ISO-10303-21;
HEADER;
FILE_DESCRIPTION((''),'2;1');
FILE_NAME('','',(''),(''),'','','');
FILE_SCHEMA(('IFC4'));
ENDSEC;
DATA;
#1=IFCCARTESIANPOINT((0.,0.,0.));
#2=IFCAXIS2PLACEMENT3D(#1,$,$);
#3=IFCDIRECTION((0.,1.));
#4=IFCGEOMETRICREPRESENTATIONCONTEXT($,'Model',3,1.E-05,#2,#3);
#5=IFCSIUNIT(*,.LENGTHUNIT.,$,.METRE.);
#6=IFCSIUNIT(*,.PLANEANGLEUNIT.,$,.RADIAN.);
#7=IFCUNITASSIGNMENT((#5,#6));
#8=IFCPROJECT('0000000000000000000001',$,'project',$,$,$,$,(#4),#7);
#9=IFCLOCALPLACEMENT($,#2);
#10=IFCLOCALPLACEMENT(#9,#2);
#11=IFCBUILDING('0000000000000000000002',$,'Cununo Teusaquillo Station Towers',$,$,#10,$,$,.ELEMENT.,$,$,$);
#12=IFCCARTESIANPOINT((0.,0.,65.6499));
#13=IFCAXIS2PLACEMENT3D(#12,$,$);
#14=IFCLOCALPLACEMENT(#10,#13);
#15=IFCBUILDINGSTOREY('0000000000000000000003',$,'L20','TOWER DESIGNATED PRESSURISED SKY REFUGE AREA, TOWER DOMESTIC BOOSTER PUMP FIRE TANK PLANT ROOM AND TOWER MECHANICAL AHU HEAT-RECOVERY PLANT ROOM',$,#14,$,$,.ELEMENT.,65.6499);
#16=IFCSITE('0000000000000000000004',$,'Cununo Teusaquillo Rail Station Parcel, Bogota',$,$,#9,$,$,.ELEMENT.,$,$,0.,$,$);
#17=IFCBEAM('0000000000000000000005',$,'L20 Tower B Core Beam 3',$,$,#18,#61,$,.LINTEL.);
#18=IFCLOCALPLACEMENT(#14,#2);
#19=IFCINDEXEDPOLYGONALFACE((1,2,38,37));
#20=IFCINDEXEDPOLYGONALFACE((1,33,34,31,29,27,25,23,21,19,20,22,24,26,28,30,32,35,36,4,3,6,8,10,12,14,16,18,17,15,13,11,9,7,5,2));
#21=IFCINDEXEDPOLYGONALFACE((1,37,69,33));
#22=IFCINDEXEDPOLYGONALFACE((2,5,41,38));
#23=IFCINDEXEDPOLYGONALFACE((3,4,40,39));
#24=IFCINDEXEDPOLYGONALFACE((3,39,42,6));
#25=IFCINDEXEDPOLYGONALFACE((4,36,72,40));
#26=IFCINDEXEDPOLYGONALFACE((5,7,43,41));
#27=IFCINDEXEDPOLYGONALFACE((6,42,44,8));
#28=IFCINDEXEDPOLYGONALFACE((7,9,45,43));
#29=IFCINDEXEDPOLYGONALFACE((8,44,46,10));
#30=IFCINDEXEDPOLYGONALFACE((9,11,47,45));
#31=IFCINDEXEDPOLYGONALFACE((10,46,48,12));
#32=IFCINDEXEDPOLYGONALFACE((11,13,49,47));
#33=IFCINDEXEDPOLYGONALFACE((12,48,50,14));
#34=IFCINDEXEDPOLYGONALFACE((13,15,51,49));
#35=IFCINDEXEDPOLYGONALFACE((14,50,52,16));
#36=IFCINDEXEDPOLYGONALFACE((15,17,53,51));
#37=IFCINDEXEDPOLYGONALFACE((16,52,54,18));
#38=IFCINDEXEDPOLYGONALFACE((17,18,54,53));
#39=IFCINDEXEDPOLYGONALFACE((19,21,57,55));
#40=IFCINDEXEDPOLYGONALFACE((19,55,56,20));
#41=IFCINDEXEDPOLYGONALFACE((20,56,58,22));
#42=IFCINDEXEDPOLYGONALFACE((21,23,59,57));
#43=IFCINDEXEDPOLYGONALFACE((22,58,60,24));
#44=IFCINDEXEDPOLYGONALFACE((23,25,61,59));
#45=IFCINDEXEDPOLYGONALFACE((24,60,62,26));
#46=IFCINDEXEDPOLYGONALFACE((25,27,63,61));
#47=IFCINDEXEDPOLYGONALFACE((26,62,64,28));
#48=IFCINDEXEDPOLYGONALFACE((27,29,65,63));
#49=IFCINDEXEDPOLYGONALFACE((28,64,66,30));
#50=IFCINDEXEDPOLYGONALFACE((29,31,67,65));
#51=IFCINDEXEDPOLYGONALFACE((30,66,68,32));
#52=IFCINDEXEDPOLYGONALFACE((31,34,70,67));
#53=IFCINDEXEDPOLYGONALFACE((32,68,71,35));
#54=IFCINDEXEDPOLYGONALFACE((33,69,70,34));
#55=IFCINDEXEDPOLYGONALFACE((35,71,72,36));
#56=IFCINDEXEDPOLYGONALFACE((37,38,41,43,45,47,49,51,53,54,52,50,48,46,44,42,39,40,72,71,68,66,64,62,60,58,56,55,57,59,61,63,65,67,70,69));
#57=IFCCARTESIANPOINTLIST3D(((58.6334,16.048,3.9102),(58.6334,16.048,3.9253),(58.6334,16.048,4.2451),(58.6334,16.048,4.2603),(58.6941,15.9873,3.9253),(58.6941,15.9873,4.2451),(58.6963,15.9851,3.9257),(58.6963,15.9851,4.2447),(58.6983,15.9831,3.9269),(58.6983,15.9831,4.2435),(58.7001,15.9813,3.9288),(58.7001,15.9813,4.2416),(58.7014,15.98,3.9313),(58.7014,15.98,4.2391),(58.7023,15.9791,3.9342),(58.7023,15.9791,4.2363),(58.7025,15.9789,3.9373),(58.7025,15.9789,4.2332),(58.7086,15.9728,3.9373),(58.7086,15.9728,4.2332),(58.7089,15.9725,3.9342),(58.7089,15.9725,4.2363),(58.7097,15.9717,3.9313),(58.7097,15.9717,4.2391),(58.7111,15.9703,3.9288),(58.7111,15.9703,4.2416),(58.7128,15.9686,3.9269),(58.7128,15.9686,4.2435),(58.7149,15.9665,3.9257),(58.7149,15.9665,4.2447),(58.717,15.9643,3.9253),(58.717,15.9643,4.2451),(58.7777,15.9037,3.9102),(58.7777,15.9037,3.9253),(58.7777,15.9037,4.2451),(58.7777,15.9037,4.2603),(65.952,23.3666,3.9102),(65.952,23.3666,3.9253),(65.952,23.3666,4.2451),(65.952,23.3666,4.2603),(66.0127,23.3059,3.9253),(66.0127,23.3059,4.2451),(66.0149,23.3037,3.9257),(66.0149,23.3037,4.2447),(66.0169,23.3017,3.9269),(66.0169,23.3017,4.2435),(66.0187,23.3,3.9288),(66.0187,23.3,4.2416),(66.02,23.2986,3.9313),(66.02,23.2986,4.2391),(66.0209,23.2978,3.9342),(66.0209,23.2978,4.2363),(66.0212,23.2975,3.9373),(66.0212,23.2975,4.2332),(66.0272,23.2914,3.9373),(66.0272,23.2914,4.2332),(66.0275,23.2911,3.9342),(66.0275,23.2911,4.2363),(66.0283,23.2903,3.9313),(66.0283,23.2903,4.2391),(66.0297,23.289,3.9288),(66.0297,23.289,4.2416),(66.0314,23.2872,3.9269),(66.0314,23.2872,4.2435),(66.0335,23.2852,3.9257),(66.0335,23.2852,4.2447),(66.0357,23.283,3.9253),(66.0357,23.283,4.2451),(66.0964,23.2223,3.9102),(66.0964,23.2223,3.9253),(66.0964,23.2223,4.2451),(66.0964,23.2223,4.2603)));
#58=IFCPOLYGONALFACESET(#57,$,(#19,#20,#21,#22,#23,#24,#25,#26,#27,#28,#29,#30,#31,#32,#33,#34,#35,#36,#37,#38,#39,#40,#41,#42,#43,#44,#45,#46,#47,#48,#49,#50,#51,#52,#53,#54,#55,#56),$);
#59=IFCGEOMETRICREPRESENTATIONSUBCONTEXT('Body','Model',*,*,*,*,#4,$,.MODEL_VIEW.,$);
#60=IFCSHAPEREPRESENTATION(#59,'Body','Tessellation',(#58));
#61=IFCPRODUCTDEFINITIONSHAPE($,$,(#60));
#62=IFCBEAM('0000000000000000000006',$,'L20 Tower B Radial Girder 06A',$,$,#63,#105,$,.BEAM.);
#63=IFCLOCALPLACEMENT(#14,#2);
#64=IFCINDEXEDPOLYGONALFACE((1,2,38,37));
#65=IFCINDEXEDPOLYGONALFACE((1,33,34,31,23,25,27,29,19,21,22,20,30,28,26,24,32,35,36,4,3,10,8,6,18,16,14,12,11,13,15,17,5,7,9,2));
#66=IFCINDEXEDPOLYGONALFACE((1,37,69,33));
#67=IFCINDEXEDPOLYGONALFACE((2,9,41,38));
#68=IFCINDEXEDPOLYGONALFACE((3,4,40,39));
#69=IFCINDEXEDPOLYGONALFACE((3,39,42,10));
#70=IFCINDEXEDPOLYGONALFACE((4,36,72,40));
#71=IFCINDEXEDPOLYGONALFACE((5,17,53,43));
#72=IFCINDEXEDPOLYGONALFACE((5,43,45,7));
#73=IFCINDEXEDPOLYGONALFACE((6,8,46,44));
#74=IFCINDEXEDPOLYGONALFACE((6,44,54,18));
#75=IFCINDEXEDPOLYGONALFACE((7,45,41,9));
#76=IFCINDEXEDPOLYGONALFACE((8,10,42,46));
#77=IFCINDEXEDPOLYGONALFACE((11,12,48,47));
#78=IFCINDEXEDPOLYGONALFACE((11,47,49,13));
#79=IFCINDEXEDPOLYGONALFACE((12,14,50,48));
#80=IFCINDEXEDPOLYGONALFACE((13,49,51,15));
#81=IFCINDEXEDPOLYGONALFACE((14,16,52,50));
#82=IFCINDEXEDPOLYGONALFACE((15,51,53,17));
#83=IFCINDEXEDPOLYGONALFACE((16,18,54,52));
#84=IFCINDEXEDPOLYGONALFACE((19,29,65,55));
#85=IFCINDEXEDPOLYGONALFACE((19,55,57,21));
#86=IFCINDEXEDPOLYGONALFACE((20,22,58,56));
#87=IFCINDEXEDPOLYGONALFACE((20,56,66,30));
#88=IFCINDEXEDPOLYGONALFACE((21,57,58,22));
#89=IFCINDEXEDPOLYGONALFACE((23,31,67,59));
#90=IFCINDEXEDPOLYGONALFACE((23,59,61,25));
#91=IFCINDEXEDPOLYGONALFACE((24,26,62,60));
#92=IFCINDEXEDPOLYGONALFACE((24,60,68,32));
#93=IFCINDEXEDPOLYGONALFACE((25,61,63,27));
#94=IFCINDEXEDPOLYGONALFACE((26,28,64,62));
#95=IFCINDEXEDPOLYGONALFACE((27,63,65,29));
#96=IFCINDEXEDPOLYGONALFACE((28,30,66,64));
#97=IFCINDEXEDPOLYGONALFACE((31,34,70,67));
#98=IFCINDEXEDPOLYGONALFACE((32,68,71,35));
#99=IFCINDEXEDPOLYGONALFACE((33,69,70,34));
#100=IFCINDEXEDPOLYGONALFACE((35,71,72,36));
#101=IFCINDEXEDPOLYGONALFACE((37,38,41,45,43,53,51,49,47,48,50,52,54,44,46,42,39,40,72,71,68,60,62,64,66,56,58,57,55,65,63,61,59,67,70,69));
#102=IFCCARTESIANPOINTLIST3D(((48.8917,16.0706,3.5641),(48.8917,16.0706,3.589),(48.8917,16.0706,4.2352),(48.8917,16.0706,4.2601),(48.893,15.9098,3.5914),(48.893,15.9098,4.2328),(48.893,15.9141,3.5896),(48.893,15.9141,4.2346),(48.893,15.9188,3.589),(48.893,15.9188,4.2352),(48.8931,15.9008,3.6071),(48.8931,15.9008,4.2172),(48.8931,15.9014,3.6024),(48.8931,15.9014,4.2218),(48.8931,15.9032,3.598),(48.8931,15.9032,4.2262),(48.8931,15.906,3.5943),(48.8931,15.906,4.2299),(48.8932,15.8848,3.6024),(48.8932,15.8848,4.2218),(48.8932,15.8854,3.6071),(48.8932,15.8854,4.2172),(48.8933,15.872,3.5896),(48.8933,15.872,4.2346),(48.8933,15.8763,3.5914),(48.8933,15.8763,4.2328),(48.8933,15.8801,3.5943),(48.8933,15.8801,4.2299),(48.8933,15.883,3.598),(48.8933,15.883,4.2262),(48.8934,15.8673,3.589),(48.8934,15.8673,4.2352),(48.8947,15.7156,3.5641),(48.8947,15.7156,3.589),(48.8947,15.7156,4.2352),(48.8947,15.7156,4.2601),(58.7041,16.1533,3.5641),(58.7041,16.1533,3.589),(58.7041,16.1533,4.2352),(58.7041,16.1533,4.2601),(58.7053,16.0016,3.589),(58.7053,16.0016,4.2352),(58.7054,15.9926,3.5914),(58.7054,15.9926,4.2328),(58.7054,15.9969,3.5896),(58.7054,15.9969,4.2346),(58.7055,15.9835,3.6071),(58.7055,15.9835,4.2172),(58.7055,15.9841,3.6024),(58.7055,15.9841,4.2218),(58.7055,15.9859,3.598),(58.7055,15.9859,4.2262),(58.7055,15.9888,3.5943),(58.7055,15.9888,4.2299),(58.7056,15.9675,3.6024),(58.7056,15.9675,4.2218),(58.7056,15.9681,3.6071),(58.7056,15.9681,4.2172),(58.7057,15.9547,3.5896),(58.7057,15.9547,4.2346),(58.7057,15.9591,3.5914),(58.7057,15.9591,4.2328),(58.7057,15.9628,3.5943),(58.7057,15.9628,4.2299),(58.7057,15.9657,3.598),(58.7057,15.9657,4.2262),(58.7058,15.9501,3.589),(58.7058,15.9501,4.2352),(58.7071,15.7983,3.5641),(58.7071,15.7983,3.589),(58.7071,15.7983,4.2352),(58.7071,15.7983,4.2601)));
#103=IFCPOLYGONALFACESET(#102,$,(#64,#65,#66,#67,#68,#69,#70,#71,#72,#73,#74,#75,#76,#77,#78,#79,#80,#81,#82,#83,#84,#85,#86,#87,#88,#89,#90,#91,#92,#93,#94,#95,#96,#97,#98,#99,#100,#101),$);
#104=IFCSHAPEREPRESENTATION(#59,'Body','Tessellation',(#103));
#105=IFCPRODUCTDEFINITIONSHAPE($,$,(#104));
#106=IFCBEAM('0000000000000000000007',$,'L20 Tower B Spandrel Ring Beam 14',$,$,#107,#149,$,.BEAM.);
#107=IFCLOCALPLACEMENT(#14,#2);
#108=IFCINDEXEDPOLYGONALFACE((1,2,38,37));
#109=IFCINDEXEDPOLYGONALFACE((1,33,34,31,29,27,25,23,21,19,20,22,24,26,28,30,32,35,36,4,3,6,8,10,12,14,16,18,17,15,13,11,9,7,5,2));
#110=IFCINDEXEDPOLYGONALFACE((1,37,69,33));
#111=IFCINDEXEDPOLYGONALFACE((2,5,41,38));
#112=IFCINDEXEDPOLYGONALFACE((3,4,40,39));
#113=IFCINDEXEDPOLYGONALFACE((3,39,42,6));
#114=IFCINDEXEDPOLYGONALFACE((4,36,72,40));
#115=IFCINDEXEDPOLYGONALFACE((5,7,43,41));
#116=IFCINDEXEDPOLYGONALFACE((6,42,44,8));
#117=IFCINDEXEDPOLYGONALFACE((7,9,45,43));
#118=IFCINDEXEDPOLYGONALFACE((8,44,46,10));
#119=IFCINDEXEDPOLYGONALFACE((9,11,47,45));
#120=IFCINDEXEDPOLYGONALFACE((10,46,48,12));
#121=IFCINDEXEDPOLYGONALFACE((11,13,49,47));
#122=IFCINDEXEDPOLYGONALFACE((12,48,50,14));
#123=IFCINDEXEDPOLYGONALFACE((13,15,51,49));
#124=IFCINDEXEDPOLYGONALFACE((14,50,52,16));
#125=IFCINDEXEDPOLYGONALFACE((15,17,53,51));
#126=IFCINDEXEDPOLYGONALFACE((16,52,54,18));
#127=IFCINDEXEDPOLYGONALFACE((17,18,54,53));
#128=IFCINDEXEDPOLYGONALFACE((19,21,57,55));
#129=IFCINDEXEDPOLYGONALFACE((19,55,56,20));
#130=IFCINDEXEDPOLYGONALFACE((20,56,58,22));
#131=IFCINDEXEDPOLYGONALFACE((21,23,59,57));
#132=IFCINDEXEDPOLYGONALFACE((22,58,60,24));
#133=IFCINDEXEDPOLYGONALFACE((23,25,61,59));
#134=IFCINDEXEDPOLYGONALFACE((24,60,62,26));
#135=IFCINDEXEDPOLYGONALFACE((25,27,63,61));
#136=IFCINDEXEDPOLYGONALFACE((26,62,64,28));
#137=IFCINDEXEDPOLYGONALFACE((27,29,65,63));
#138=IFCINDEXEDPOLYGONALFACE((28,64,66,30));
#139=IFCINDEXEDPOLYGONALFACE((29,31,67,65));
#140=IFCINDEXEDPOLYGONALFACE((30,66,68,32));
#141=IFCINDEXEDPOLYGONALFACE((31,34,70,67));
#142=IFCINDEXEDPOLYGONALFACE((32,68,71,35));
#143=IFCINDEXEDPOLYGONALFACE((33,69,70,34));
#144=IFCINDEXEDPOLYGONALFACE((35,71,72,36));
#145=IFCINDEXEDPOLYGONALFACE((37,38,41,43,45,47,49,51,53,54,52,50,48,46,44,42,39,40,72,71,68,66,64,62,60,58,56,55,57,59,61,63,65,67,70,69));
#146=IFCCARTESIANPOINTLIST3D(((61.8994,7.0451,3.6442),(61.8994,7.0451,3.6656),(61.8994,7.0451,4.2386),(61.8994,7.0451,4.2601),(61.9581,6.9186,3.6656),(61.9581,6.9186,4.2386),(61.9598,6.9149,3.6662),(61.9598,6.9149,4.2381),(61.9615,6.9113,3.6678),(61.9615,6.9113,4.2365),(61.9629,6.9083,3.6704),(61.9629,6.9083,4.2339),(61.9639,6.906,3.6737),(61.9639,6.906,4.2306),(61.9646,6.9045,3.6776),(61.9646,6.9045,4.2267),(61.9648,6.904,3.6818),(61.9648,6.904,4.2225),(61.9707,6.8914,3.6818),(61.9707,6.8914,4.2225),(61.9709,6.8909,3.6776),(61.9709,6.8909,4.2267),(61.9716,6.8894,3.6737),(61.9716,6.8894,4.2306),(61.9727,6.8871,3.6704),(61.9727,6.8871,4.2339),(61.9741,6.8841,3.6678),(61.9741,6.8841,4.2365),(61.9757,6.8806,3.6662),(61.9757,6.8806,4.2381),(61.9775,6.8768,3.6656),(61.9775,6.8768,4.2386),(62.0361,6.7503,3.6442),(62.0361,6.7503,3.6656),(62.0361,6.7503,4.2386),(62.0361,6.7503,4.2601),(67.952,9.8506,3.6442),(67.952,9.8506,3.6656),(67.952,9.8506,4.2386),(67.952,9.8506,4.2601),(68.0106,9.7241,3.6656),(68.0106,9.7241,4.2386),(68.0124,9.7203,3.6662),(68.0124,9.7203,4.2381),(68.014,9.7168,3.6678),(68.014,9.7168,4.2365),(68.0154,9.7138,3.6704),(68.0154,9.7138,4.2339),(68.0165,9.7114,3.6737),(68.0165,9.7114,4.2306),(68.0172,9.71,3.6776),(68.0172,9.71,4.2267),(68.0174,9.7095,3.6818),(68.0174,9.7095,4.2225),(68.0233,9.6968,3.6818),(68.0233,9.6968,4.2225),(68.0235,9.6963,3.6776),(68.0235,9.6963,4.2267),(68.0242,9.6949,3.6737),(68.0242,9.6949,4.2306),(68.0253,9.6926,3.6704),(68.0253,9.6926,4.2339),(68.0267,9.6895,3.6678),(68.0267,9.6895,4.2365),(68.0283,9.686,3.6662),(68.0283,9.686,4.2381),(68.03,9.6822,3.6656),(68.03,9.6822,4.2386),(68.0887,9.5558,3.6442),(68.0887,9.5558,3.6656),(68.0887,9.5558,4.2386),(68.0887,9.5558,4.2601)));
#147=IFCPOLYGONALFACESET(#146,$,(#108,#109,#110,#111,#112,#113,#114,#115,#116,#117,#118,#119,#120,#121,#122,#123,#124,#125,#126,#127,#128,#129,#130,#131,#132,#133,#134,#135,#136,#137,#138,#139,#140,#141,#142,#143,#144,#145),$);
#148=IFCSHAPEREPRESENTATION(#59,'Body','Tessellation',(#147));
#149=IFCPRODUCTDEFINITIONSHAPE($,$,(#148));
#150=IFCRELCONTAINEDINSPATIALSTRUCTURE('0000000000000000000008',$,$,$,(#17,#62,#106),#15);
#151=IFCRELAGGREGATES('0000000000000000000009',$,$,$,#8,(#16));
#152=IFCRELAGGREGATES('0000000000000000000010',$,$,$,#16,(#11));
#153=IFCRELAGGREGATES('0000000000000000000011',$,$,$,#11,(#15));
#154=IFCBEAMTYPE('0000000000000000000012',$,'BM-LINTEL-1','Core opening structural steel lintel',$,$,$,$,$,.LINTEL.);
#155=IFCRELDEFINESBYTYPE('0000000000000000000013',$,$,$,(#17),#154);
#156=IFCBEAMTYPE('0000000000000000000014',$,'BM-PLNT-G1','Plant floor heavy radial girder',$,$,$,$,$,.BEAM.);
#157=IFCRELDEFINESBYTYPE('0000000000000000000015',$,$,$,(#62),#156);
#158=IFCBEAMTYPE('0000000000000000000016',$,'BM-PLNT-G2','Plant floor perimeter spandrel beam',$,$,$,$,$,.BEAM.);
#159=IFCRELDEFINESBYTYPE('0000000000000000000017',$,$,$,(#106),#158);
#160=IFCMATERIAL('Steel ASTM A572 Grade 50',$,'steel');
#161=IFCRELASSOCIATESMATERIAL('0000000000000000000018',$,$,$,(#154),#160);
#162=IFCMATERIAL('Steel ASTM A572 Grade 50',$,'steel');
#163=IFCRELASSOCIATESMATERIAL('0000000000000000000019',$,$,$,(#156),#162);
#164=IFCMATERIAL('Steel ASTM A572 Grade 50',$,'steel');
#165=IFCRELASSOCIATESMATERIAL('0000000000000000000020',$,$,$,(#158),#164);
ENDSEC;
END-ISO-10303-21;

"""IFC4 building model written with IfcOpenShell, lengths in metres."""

from ifc_helpers import new_model, si_unit, direction, frame, origin, origin_2d, place, context, subcontext, project, spatial, i_section, extrude, material, material_profile, profile_set, type_object, element, save


model = new_model("IFC4")

# Units and contexts
model_context = context("Model", 3, precision=1e-05, world=origin(), true_north=direction((0.0, 1.0)))
body_context = subcontext(model_context, "Body", "Model", "MODEL_VIEW")
ifc_project = project(units=[si_unit("LENGTHUNIT", "METRE"), si_unit("PLANEANGLEUNIT", "RADIAN")], contexts=[model_context])

# Site, building, storey
site_placement = place(None, origin())
site = spatial("IfcSite", under=ifc_project, at=site_placement, Name="Cununo Teusaquillo Rail Station Parcel, Bogota", CompositionType="ELEMENT", RefElevation=0.0)
building_placement = place(site_placement, origin())
building = spatial("IfcBuilding", under=site, at=building_placement, Name="Cununo Teusaquillo Station Towers", CompositionType="ELEMENT")
storey_placement = place(building_placement, frame((0.0, 0.0, 65.6499)))
storey = spatial("IfcBuildingStorey", under=building, at=storey_placement, Name="L20", Description="TOWER DESIGNATED PRESSURISED SKY REFUGE AREA, TOWER DOMESTIC BOOSTER PUMP FIRE TANK PLANT ROOM AND TOWER MECHANICAL AHU HEAT-RECOVERY PLANT ROOM", CompositionType="ELEMENT", Elevation=65.6499)

# Beams
ifc_material_1 = material(Name="Steel ASTM A572 Grade 50", Category="steel")
ifc_material_profile_1 = material_profile(ifc_material_1, i_section(OverallWidth=0.2041, OverallDepth=0.3501, WebThickness=0.0085, FlangeThickness=0.0151, FilletRadius=0.012, at=origin_2d()), Name="W14X48")
ifc_profile_set_1 = profile_set([ifc_material_profile_1], Name="Steel ASTM A572 Grade 50")
beam_type_1 = type_object("IfcBeamType", Name="BM-LINTEL-1", Description="Core opening structural steel lintel", PredefinedType="LINTEL", material=ifc_profile_set_1)
beam_1_placement = place(storey_placement, frame((58.7056, 15.9758, 4.0852), z_axis=(0.707107, 0.707107, 0.0), x_axis=(-0.707107, 0.707107, 0.0)))
element("IfcBeam", 1, at=beam_1_placement, inside=storey, type_object=beam_type_1, Name="L20 Tower B Core Beam 3", PredefinedType="LINTEL", context=body_context, shape_type="SweptSolid", body=[
    extrude(i_section(OverallWidth=0.2041, OverallDepth=0.3501, WebThickness=0.0085, FlangeThickness=0.0151, FilletRadius=0.012, at=origin_2d()), origin(), (0.0, 0.0, 1.0), 10.3501),
])
ifc_material_2 = material(Name="Steel ASTM A572 Grade 50", Category="steel")
ifc_material_profile_2 = material_profile(ifc_material_2, i_section(OverallWidth=0.355, OverallDepth=0.696, WebThickness=0.0154, FlangeThickness=0.0249, FilletRadius=0.0181, at=origin_2d()), Name="W27X146")
ifc_profile_set_2 = profile_set([ifc_material_profile_2], Name="Steel ASTM A572 Grade 50")
beam_type_2 = type_object("IfcBeamType", Name="BM-PLNT-G1", Description="Plant floor heavy radial girder", PredefinedType="BEAM", material=ifc_profile_set_2)
beam_2_placement = place(storey_placement, frame((58.7056, 15.9758, 3.9121), z_axis=(-0.999964, -0.008434, 0.0), x_axis=(0.008434, -0.999964, 0.0)))
element("IfcBeam", 2, at=beam_2_placement, inside=storey, type_object=beam_type_2, Name="L20 Tower B Radial Girder 06A", PredefinedType="BEAM", context=body_context, shape_type="SweptSolid", body=[
    extrude(i_section(OverallWidth=0.355, OverallDepth=0.696, WebThickness=0.0154, FlangeThickness=0.0249, FilletRadius=0.0181, at=origin_2d()), origin(), (0.0, 0.0, 1.0), 9.8127),
])
ifc_material_3 = material(Name="Steel ASTM A572 Grade 50", Category="steel")
ifc_material_profile_3 = material_profile(ifc_material_3, i_section(OverallWidth=0.325, OverallDepth=0.616, WebThickness=0.0139, FlangeThickness=0.0215, FilletRadius=0.0161, at=origin_2d()), Name="W24X117")
ifc_profile_set_3 = profile_set([ifc_material_profile_3], Name="Steel ASTM A572 Grade 50")
beam_type_3 = type_object("IfcBeamType", Name="BM-PLNT-G2", Description="Plant floor perimeter spandrel beam", PredefinedType="BEAM", material=ifc_profile_set_3)
beam_3_placement = place(storey_placement, frame((61.9678, 6.8977, 3.9521), z_axis=(0.907276, 0.420536, 0.0), x_axis=(-0.420536, 0.907276, 0.0)))
element("IfcBeam", 3, at=beam_3_placement, inside=storey, type_object=beam_type_3, Name="L20 Tower B Spandrel Ring Beam 14", PredefinedType="BEAM", context=body_context, shape_type="SweptSolid", body=[
    extrude(i_section(OverallWidth=0.325, OverallDepth=0.616, WebThickness=0.0139, FlangeThickness=0.0215, FilletRadius=0.0161, at=origin_2d()), origin(), (0.0, 0.0, 1.0), 6.6711),
])

save(model, "model.ifc")
